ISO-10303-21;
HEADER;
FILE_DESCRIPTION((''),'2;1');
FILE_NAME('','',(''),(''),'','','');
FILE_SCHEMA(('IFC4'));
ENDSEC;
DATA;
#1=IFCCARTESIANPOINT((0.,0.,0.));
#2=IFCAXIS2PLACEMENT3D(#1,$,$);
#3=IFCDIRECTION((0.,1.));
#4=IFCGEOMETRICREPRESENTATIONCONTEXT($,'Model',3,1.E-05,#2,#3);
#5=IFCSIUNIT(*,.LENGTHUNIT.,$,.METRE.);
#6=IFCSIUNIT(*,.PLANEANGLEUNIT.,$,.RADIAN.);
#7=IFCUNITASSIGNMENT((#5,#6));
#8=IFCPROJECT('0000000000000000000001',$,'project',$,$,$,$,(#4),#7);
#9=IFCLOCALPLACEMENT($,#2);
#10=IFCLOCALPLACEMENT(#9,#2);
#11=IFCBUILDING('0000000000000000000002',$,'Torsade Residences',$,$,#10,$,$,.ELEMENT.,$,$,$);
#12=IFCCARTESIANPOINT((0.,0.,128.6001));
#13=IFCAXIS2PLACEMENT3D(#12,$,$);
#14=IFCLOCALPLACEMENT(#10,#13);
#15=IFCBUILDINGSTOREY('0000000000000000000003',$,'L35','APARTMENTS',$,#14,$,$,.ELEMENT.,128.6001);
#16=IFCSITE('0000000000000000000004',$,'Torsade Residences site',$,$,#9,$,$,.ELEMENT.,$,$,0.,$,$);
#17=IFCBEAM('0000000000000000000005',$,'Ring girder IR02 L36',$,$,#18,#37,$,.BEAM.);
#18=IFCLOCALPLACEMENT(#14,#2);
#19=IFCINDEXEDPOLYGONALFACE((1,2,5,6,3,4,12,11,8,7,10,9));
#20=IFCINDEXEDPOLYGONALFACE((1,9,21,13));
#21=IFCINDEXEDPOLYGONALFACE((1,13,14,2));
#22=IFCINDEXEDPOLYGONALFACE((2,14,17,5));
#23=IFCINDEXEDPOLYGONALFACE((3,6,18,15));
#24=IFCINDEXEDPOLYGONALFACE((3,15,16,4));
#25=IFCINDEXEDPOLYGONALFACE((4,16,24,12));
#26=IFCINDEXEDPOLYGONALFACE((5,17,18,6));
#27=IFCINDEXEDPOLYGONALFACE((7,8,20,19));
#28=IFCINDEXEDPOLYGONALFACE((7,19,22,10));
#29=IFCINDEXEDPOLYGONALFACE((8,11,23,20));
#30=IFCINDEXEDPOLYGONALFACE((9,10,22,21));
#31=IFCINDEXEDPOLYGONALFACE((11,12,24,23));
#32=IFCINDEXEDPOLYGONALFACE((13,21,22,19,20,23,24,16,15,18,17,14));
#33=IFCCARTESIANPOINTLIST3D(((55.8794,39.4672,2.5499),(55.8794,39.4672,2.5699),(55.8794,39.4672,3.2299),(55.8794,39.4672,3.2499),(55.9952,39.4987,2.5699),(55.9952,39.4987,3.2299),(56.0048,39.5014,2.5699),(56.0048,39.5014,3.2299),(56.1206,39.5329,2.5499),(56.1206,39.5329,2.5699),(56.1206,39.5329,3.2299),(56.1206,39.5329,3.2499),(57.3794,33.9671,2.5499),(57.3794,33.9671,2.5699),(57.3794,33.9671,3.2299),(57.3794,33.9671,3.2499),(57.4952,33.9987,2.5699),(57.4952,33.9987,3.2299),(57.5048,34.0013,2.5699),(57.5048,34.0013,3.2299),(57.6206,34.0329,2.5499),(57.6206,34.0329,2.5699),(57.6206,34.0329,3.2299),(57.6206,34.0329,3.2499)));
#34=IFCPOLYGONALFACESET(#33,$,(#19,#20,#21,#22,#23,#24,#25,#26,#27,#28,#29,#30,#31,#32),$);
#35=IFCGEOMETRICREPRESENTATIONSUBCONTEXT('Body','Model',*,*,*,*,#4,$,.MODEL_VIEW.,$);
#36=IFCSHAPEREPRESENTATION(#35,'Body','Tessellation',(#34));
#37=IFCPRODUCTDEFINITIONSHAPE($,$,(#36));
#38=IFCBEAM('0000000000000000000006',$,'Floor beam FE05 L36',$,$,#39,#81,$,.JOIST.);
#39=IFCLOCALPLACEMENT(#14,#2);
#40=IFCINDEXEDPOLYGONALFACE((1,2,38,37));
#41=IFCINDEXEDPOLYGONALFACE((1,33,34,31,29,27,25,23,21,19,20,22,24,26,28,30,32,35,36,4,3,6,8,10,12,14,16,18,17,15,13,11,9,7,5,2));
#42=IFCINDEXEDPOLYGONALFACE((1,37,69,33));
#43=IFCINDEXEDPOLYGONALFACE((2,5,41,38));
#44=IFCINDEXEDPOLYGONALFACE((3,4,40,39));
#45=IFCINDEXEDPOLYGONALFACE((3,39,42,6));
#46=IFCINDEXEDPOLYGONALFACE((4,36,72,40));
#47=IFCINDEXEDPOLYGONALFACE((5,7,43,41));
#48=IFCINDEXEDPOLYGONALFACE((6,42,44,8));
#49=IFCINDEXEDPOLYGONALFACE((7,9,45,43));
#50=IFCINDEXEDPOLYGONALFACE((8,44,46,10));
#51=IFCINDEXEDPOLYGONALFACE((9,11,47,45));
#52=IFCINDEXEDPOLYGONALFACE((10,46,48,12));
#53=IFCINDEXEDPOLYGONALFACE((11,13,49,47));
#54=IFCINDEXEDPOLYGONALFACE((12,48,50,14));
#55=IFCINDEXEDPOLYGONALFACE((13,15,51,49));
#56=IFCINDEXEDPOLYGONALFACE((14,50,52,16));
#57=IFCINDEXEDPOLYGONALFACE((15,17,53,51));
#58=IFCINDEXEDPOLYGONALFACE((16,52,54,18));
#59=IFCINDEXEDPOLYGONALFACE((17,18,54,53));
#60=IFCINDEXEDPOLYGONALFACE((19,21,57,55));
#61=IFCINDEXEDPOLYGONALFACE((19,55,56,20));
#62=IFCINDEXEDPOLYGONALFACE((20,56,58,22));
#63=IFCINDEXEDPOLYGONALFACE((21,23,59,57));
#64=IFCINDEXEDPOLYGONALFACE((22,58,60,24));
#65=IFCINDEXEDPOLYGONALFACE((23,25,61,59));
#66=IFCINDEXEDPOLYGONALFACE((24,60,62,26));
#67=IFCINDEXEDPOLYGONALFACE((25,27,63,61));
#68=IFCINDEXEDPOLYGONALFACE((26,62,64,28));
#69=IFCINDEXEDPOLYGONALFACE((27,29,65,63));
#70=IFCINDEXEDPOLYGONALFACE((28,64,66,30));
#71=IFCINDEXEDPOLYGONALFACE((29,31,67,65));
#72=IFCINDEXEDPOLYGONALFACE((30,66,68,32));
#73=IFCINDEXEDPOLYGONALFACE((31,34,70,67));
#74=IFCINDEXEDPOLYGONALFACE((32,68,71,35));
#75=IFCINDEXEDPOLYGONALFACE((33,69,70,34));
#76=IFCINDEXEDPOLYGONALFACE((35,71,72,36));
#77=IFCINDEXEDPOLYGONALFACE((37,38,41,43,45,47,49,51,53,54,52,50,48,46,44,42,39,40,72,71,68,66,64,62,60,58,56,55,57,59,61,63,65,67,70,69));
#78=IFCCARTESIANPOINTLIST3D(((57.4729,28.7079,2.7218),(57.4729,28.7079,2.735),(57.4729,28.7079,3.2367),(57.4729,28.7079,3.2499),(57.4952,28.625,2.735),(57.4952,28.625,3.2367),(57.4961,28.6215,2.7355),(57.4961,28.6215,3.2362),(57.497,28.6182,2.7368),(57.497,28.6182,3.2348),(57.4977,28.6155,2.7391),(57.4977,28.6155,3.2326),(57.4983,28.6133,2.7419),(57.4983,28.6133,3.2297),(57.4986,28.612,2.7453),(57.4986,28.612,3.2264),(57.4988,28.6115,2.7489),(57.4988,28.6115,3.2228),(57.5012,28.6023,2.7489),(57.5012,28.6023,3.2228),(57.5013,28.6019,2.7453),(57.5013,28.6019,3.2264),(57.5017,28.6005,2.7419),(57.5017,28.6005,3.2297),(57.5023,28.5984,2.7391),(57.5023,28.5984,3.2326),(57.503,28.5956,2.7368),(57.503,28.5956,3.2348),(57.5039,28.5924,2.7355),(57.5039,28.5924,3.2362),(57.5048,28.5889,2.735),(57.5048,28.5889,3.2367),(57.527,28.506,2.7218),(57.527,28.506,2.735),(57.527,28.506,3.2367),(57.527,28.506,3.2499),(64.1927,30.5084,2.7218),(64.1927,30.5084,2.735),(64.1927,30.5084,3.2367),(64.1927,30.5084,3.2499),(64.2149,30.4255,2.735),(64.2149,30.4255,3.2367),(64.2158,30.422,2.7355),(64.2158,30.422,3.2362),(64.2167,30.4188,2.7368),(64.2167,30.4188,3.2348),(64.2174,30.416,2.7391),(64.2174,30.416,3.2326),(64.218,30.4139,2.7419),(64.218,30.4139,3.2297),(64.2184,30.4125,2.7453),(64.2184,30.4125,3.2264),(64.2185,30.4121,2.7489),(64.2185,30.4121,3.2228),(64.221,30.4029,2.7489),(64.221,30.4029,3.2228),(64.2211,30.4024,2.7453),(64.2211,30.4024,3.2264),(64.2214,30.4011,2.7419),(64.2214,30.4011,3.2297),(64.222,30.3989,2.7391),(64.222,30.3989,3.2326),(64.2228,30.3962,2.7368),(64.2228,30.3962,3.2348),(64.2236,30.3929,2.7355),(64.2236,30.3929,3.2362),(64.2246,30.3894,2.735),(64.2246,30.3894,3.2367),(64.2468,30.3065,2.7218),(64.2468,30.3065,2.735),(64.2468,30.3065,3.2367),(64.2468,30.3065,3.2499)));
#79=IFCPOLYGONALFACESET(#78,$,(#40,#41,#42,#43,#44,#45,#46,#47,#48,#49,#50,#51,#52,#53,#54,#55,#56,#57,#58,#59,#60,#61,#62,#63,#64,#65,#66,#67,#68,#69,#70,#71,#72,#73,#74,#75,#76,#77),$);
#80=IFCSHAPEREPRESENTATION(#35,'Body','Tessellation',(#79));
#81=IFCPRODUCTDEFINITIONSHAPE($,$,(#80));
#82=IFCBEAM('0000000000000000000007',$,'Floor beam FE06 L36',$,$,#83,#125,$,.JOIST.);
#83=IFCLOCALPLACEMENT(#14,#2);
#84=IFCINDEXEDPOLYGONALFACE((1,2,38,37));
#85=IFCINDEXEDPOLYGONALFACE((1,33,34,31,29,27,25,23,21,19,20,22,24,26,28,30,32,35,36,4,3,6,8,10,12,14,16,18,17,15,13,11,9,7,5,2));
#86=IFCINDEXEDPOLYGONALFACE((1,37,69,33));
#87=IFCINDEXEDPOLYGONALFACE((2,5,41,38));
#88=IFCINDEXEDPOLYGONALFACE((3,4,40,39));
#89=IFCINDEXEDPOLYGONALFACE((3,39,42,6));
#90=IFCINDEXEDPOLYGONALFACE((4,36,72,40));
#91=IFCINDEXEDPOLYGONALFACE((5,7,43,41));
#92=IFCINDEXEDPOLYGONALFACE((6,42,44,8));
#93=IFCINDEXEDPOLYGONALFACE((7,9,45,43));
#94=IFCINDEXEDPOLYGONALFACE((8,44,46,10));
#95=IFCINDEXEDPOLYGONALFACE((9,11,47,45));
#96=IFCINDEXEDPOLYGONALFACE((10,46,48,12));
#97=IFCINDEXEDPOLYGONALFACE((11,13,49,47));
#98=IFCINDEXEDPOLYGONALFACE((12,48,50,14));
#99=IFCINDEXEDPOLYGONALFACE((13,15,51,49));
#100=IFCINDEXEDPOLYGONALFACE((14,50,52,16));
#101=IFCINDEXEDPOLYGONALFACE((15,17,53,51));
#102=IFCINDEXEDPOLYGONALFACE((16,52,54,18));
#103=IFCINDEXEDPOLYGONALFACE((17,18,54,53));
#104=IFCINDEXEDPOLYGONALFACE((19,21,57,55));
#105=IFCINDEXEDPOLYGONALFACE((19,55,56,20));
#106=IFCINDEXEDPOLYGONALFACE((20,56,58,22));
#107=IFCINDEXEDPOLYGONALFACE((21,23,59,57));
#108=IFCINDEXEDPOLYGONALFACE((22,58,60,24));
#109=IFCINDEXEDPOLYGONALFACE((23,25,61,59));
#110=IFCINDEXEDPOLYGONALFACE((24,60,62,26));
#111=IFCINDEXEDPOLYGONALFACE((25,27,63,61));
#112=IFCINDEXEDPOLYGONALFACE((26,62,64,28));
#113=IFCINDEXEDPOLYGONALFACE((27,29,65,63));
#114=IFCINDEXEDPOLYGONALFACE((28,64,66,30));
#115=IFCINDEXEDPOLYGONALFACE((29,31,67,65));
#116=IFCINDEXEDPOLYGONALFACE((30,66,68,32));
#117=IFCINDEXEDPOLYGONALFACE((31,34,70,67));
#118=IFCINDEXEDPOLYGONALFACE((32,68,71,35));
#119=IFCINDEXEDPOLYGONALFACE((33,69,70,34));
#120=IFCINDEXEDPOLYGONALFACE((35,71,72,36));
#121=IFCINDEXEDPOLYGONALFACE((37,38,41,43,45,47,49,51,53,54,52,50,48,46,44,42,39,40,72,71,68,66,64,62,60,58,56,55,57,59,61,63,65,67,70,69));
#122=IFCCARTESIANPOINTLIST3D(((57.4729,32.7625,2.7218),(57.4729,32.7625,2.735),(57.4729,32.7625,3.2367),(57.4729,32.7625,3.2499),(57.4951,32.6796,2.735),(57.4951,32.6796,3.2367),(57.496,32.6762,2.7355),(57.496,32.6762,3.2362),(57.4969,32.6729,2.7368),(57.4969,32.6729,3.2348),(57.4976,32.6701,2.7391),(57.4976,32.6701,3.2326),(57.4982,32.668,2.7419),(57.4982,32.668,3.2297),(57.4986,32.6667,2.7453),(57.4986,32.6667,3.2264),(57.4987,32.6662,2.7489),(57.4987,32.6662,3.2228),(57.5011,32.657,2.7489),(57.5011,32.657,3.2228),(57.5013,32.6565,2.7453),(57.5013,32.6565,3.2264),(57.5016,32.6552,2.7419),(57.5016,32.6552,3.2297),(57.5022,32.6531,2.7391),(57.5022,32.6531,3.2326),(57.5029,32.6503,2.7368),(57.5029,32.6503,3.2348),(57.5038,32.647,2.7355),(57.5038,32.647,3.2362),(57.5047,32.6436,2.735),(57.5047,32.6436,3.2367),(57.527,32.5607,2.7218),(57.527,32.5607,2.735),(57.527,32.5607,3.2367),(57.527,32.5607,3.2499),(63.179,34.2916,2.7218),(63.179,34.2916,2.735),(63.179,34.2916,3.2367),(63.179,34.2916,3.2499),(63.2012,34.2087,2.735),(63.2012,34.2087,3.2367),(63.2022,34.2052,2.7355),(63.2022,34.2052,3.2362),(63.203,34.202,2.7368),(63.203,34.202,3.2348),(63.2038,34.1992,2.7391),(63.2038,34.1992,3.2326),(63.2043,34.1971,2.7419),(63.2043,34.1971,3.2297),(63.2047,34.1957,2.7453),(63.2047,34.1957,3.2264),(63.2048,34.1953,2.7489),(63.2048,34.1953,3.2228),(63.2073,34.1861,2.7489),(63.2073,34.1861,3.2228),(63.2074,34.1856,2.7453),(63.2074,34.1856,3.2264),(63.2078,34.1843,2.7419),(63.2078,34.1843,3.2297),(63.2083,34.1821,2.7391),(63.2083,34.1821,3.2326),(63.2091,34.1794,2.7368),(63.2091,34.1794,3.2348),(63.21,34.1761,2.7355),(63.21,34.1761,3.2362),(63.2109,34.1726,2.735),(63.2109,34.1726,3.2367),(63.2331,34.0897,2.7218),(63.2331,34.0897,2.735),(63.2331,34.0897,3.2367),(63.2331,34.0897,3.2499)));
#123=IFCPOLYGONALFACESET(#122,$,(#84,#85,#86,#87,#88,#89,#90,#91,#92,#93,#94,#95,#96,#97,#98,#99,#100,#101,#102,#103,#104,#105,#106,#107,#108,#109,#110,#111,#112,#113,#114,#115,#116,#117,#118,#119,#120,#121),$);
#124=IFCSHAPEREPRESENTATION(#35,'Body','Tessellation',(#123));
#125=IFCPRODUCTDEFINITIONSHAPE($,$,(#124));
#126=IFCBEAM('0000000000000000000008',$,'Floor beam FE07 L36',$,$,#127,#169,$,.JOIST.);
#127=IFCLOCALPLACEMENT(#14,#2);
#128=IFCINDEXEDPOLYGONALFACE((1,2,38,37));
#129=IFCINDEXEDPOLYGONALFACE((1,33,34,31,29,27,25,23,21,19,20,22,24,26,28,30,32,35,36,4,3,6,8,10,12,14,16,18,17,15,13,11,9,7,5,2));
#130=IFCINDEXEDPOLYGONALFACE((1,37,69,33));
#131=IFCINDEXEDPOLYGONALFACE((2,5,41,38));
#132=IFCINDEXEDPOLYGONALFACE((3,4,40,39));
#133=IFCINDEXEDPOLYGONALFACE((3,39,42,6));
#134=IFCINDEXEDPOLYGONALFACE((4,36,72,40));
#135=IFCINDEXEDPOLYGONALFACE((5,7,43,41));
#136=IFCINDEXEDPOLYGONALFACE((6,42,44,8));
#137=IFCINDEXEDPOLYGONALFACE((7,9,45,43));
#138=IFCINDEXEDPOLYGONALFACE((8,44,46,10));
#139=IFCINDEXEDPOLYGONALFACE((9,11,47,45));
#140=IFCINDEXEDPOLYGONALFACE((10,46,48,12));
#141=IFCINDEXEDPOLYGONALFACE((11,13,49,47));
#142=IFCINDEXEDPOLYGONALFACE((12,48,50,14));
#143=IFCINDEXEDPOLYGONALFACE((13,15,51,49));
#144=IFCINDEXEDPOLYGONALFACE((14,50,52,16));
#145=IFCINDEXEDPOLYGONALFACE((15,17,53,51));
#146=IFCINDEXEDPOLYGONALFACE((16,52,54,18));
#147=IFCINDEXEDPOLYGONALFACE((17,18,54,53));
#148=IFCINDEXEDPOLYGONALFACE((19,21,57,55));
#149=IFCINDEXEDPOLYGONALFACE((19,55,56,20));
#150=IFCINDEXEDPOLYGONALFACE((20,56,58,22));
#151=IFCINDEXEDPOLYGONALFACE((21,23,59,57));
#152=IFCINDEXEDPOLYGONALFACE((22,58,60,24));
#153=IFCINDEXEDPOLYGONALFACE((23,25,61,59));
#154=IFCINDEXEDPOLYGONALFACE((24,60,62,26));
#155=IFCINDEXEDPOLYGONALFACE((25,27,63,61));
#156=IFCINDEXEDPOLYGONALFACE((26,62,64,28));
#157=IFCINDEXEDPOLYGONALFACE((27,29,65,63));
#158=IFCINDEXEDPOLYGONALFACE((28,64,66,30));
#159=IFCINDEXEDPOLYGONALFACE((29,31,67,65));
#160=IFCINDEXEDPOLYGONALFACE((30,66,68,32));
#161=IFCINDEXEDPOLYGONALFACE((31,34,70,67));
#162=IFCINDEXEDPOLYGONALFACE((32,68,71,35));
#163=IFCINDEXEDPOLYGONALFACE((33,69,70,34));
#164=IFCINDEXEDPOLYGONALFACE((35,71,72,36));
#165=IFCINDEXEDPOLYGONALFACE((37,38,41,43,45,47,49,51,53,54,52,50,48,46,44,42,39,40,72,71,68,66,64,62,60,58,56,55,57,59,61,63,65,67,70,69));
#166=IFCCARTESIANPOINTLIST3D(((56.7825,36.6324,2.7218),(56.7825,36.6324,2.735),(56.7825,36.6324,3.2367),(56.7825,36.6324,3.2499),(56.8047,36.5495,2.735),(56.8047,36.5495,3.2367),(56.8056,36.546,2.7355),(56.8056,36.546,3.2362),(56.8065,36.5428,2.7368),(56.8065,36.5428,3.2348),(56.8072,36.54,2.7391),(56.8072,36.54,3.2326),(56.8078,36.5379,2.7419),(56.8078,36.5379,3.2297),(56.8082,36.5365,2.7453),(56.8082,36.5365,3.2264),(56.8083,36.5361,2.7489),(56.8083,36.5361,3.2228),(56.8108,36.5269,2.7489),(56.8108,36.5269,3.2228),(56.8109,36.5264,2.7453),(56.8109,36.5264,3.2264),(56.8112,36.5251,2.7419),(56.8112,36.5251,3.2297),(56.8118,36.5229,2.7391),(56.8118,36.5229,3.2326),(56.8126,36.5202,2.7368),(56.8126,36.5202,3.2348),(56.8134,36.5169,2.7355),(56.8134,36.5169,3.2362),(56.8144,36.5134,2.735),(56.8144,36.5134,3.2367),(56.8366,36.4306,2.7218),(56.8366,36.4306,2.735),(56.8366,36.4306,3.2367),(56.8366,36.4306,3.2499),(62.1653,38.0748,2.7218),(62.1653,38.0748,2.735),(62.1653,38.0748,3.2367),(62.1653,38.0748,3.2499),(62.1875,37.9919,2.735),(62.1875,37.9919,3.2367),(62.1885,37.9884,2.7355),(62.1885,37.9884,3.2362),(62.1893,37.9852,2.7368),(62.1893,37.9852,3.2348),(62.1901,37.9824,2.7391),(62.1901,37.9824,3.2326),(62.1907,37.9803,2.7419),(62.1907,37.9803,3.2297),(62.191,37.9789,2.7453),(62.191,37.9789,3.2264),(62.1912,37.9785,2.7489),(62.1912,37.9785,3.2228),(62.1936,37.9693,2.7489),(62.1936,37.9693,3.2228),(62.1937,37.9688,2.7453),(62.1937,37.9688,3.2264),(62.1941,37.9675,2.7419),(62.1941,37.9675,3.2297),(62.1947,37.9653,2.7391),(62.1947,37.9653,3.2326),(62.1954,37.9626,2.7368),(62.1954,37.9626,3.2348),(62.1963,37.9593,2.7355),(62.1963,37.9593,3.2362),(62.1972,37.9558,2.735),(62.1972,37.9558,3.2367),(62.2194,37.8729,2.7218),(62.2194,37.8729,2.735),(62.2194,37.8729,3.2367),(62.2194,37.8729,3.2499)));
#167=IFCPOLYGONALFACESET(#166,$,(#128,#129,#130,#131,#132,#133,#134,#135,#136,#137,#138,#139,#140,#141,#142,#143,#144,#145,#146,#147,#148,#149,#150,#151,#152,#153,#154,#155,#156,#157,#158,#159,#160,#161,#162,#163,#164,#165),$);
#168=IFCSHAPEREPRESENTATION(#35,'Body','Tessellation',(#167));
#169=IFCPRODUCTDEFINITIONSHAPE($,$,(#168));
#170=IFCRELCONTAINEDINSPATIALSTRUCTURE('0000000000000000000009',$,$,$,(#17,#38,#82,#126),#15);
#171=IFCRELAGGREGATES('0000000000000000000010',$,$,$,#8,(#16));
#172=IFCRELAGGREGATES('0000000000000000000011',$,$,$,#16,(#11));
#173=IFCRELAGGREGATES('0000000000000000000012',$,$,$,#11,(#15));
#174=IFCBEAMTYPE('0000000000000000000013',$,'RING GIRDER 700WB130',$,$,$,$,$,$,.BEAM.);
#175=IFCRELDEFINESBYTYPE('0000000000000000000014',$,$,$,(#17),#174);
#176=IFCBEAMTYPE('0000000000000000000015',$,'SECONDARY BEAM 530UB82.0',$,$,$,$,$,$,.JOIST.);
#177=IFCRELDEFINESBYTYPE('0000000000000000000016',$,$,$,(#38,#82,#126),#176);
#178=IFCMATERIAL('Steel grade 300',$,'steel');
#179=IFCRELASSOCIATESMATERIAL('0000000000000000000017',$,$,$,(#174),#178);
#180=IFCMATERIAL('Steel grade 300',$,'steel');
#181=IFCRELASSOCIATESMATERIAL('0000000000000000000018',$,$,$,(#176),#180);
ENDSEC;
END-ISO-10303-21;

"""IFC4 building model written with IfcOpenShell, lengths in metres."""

from ifc_helpers import new_model, si_unit, direction, frame, origin, origin_2d, place, context, subcontext, project, spatial, i_section, extrude, material, material_profile, profile_set, type_object, element, save


model = new_model("IFC4")

# Units and contexts
model_context = context("Model", 3, precision=1e-05, world=origin(), true_north=direction((0.0, 1.0)))
body_context = subcontext(model_context, "Body", "Model", "MODEL_VIEW")
ifc_project = project(units=[si_unit("LENGTHUNIT", "METRE"), si_unit("PLANEANGLEUNIT", "RADIAN")], contexts=[model_context])

# Site, building, storey
site_placement = place(None, origin())
site = spatial("IfcSite", under=ifc_project, at=site_placement, Name="Torsade Residences site", CompositionType="ELEMENT", RefElevation=0.0)
building_placement = place(site_placement, origin())
building = spatial("IfcBuilding", under=site, at=building_placement, Name="Torsade Residences", CompositionType="ELEMENT")
storey_placement = place(building_placement, frame((0.0, 0.0, 128.6001)))
storey = spatial("IfcBuildingStorey", under=building, at=storey_placement, Name="L35", Description="APARTMENTS", CompositionType="ELEMENT", Elevation=128.6001)

# Beams
ifc_material_1 = material(Name="Steel grade 300", Category="steel")
ifc_material_profile_1 = material_profile(ifc_material_1, i_section(OverallWidth=0.25, OverallDepth=0.7, WebThickness=0.01, FlangeThickness=0.02, at=origin_2d()), Name="700WB130")
ifc_profile_set_1 = profile_set([ifc_material_profile_1], Name="Steel grade 300")
beam_type_1 = type_object("IfcBeamType", Name="RING GIRDER 700WB130", PredefinedType="BEAM", material=ifc_profile_set_1)
beam_1_placement = place(storey_placement, frame((57.5, 34.0, 2.8999), z_axis=(-0.263117, 0.964764, 0.0), x_axis=(-0.964764, -0.263117, 0.0)))
element("IfcBeam", 1, at=beam_1_placement, inside=storey, type_object=beam_type_1, Name="Ring girder IR02 L36", PredefinedType="BEAM", context=body_context, shape_type="SweptSolid", body=[
    extrude(i_section(OverallWidth=0.25, OverallDepth=0.7, WebThickness=0.01, FlangeThickness=0.02, at=origin_2d()), origin(), (0.0, 0.0, 1.0), 5.7009),
])
ifc_material_2 = material(Name="Steel grade 300", Category="steel")
ifc_material_profile_2 = material_profile(ifc_material_2, i_section(OverallWidth=0.209, OverallDepth=0.5281, WebThickness=0.0095, FlangeThickness=0.0132, FilletRadius=0.0139, at=origin_2d()), Name="530UB82.0")
ifc_profile_set_2 = profile_set([ifc_material_profile_2], Name="Steel grade 300")
beam_type_2 = type_object("IfcBeamType", Name="SECONDARY BEAM 530UB82.0", PredefinedType="JOIST", material=ifc_profile_set_2)
beam_2_placement = place(storey_placement, frame((64.2197, 30.4075, 2.9858), z_axis=(-0.965926, -0.258818, 0.0), x_axis=(0.258818, -0.965926, 0.0)))
element("IfcBeam", 2, at=beam_2_placement, inside=storey, type_object=beam_type_2, Name="Floor beam FE05 L36", PredefinedType="JOIST", context=body_context, shape_type="SweptSolid", body=[
    extrude(i_section(OverallWidth=0.209, OverallDepth=0.5281, WebThickness=0.0095, FlangeThickness=0.0132, FilletRadius=0.0139, at=origin_2d()), origin(), (0.0, 0.0, 1.0), 6.9568),
])
beam_3_placement = place(storey_placement, frame((63.2061, 34.1907, 2.9858), z_axis=(-0.965921, -0.258838, 0.0), x_axis=(0.258838, -0.965921, 0.0)))
element("IfcBeam", 3, at=beam_3_placement, inside=storey, type_object=beam_type_2, Name="Floor beam FE06 L36", PredefinedType="JOIST", context=body_context, shape_type="SweptSolid", body=[
    extrude(i_section(OverallWidth=0.209, OverallDepth=0.5281, WebThickness=0.0095, FlangeThickness=0.0132, FilletRadius=0.0139, at=origin_2d()), origin(), (0.0, 0.0, 1.0), 5.9075),
])
beam_4_placement = place(storey_placement, frame((62.1924, 37.9739, 2.9858), z_axis=(-0.965923, -0.25883, 0.0), x_axis=(0.25883, -0.965923, 0.0)))
element("IfcBeam", 4, at=beam_4_placement, inside=storey, type_object=beam_type_2, Name="Floor beam FE07 L36", PredefinedType="JOIST", context=body_context, shape_type="SweptSolid", body=[
    extrude(i_section(OverallWidth=0.209, OverallDepth=0.5281, WebThickness=0.0095, FlangeThickness=0.0132, FilletRadius=0.0139, at=origin_2d()), origin(), (0.0, 0.0, 1.0), 5.5728),
])

save(model, "model.ifc")
